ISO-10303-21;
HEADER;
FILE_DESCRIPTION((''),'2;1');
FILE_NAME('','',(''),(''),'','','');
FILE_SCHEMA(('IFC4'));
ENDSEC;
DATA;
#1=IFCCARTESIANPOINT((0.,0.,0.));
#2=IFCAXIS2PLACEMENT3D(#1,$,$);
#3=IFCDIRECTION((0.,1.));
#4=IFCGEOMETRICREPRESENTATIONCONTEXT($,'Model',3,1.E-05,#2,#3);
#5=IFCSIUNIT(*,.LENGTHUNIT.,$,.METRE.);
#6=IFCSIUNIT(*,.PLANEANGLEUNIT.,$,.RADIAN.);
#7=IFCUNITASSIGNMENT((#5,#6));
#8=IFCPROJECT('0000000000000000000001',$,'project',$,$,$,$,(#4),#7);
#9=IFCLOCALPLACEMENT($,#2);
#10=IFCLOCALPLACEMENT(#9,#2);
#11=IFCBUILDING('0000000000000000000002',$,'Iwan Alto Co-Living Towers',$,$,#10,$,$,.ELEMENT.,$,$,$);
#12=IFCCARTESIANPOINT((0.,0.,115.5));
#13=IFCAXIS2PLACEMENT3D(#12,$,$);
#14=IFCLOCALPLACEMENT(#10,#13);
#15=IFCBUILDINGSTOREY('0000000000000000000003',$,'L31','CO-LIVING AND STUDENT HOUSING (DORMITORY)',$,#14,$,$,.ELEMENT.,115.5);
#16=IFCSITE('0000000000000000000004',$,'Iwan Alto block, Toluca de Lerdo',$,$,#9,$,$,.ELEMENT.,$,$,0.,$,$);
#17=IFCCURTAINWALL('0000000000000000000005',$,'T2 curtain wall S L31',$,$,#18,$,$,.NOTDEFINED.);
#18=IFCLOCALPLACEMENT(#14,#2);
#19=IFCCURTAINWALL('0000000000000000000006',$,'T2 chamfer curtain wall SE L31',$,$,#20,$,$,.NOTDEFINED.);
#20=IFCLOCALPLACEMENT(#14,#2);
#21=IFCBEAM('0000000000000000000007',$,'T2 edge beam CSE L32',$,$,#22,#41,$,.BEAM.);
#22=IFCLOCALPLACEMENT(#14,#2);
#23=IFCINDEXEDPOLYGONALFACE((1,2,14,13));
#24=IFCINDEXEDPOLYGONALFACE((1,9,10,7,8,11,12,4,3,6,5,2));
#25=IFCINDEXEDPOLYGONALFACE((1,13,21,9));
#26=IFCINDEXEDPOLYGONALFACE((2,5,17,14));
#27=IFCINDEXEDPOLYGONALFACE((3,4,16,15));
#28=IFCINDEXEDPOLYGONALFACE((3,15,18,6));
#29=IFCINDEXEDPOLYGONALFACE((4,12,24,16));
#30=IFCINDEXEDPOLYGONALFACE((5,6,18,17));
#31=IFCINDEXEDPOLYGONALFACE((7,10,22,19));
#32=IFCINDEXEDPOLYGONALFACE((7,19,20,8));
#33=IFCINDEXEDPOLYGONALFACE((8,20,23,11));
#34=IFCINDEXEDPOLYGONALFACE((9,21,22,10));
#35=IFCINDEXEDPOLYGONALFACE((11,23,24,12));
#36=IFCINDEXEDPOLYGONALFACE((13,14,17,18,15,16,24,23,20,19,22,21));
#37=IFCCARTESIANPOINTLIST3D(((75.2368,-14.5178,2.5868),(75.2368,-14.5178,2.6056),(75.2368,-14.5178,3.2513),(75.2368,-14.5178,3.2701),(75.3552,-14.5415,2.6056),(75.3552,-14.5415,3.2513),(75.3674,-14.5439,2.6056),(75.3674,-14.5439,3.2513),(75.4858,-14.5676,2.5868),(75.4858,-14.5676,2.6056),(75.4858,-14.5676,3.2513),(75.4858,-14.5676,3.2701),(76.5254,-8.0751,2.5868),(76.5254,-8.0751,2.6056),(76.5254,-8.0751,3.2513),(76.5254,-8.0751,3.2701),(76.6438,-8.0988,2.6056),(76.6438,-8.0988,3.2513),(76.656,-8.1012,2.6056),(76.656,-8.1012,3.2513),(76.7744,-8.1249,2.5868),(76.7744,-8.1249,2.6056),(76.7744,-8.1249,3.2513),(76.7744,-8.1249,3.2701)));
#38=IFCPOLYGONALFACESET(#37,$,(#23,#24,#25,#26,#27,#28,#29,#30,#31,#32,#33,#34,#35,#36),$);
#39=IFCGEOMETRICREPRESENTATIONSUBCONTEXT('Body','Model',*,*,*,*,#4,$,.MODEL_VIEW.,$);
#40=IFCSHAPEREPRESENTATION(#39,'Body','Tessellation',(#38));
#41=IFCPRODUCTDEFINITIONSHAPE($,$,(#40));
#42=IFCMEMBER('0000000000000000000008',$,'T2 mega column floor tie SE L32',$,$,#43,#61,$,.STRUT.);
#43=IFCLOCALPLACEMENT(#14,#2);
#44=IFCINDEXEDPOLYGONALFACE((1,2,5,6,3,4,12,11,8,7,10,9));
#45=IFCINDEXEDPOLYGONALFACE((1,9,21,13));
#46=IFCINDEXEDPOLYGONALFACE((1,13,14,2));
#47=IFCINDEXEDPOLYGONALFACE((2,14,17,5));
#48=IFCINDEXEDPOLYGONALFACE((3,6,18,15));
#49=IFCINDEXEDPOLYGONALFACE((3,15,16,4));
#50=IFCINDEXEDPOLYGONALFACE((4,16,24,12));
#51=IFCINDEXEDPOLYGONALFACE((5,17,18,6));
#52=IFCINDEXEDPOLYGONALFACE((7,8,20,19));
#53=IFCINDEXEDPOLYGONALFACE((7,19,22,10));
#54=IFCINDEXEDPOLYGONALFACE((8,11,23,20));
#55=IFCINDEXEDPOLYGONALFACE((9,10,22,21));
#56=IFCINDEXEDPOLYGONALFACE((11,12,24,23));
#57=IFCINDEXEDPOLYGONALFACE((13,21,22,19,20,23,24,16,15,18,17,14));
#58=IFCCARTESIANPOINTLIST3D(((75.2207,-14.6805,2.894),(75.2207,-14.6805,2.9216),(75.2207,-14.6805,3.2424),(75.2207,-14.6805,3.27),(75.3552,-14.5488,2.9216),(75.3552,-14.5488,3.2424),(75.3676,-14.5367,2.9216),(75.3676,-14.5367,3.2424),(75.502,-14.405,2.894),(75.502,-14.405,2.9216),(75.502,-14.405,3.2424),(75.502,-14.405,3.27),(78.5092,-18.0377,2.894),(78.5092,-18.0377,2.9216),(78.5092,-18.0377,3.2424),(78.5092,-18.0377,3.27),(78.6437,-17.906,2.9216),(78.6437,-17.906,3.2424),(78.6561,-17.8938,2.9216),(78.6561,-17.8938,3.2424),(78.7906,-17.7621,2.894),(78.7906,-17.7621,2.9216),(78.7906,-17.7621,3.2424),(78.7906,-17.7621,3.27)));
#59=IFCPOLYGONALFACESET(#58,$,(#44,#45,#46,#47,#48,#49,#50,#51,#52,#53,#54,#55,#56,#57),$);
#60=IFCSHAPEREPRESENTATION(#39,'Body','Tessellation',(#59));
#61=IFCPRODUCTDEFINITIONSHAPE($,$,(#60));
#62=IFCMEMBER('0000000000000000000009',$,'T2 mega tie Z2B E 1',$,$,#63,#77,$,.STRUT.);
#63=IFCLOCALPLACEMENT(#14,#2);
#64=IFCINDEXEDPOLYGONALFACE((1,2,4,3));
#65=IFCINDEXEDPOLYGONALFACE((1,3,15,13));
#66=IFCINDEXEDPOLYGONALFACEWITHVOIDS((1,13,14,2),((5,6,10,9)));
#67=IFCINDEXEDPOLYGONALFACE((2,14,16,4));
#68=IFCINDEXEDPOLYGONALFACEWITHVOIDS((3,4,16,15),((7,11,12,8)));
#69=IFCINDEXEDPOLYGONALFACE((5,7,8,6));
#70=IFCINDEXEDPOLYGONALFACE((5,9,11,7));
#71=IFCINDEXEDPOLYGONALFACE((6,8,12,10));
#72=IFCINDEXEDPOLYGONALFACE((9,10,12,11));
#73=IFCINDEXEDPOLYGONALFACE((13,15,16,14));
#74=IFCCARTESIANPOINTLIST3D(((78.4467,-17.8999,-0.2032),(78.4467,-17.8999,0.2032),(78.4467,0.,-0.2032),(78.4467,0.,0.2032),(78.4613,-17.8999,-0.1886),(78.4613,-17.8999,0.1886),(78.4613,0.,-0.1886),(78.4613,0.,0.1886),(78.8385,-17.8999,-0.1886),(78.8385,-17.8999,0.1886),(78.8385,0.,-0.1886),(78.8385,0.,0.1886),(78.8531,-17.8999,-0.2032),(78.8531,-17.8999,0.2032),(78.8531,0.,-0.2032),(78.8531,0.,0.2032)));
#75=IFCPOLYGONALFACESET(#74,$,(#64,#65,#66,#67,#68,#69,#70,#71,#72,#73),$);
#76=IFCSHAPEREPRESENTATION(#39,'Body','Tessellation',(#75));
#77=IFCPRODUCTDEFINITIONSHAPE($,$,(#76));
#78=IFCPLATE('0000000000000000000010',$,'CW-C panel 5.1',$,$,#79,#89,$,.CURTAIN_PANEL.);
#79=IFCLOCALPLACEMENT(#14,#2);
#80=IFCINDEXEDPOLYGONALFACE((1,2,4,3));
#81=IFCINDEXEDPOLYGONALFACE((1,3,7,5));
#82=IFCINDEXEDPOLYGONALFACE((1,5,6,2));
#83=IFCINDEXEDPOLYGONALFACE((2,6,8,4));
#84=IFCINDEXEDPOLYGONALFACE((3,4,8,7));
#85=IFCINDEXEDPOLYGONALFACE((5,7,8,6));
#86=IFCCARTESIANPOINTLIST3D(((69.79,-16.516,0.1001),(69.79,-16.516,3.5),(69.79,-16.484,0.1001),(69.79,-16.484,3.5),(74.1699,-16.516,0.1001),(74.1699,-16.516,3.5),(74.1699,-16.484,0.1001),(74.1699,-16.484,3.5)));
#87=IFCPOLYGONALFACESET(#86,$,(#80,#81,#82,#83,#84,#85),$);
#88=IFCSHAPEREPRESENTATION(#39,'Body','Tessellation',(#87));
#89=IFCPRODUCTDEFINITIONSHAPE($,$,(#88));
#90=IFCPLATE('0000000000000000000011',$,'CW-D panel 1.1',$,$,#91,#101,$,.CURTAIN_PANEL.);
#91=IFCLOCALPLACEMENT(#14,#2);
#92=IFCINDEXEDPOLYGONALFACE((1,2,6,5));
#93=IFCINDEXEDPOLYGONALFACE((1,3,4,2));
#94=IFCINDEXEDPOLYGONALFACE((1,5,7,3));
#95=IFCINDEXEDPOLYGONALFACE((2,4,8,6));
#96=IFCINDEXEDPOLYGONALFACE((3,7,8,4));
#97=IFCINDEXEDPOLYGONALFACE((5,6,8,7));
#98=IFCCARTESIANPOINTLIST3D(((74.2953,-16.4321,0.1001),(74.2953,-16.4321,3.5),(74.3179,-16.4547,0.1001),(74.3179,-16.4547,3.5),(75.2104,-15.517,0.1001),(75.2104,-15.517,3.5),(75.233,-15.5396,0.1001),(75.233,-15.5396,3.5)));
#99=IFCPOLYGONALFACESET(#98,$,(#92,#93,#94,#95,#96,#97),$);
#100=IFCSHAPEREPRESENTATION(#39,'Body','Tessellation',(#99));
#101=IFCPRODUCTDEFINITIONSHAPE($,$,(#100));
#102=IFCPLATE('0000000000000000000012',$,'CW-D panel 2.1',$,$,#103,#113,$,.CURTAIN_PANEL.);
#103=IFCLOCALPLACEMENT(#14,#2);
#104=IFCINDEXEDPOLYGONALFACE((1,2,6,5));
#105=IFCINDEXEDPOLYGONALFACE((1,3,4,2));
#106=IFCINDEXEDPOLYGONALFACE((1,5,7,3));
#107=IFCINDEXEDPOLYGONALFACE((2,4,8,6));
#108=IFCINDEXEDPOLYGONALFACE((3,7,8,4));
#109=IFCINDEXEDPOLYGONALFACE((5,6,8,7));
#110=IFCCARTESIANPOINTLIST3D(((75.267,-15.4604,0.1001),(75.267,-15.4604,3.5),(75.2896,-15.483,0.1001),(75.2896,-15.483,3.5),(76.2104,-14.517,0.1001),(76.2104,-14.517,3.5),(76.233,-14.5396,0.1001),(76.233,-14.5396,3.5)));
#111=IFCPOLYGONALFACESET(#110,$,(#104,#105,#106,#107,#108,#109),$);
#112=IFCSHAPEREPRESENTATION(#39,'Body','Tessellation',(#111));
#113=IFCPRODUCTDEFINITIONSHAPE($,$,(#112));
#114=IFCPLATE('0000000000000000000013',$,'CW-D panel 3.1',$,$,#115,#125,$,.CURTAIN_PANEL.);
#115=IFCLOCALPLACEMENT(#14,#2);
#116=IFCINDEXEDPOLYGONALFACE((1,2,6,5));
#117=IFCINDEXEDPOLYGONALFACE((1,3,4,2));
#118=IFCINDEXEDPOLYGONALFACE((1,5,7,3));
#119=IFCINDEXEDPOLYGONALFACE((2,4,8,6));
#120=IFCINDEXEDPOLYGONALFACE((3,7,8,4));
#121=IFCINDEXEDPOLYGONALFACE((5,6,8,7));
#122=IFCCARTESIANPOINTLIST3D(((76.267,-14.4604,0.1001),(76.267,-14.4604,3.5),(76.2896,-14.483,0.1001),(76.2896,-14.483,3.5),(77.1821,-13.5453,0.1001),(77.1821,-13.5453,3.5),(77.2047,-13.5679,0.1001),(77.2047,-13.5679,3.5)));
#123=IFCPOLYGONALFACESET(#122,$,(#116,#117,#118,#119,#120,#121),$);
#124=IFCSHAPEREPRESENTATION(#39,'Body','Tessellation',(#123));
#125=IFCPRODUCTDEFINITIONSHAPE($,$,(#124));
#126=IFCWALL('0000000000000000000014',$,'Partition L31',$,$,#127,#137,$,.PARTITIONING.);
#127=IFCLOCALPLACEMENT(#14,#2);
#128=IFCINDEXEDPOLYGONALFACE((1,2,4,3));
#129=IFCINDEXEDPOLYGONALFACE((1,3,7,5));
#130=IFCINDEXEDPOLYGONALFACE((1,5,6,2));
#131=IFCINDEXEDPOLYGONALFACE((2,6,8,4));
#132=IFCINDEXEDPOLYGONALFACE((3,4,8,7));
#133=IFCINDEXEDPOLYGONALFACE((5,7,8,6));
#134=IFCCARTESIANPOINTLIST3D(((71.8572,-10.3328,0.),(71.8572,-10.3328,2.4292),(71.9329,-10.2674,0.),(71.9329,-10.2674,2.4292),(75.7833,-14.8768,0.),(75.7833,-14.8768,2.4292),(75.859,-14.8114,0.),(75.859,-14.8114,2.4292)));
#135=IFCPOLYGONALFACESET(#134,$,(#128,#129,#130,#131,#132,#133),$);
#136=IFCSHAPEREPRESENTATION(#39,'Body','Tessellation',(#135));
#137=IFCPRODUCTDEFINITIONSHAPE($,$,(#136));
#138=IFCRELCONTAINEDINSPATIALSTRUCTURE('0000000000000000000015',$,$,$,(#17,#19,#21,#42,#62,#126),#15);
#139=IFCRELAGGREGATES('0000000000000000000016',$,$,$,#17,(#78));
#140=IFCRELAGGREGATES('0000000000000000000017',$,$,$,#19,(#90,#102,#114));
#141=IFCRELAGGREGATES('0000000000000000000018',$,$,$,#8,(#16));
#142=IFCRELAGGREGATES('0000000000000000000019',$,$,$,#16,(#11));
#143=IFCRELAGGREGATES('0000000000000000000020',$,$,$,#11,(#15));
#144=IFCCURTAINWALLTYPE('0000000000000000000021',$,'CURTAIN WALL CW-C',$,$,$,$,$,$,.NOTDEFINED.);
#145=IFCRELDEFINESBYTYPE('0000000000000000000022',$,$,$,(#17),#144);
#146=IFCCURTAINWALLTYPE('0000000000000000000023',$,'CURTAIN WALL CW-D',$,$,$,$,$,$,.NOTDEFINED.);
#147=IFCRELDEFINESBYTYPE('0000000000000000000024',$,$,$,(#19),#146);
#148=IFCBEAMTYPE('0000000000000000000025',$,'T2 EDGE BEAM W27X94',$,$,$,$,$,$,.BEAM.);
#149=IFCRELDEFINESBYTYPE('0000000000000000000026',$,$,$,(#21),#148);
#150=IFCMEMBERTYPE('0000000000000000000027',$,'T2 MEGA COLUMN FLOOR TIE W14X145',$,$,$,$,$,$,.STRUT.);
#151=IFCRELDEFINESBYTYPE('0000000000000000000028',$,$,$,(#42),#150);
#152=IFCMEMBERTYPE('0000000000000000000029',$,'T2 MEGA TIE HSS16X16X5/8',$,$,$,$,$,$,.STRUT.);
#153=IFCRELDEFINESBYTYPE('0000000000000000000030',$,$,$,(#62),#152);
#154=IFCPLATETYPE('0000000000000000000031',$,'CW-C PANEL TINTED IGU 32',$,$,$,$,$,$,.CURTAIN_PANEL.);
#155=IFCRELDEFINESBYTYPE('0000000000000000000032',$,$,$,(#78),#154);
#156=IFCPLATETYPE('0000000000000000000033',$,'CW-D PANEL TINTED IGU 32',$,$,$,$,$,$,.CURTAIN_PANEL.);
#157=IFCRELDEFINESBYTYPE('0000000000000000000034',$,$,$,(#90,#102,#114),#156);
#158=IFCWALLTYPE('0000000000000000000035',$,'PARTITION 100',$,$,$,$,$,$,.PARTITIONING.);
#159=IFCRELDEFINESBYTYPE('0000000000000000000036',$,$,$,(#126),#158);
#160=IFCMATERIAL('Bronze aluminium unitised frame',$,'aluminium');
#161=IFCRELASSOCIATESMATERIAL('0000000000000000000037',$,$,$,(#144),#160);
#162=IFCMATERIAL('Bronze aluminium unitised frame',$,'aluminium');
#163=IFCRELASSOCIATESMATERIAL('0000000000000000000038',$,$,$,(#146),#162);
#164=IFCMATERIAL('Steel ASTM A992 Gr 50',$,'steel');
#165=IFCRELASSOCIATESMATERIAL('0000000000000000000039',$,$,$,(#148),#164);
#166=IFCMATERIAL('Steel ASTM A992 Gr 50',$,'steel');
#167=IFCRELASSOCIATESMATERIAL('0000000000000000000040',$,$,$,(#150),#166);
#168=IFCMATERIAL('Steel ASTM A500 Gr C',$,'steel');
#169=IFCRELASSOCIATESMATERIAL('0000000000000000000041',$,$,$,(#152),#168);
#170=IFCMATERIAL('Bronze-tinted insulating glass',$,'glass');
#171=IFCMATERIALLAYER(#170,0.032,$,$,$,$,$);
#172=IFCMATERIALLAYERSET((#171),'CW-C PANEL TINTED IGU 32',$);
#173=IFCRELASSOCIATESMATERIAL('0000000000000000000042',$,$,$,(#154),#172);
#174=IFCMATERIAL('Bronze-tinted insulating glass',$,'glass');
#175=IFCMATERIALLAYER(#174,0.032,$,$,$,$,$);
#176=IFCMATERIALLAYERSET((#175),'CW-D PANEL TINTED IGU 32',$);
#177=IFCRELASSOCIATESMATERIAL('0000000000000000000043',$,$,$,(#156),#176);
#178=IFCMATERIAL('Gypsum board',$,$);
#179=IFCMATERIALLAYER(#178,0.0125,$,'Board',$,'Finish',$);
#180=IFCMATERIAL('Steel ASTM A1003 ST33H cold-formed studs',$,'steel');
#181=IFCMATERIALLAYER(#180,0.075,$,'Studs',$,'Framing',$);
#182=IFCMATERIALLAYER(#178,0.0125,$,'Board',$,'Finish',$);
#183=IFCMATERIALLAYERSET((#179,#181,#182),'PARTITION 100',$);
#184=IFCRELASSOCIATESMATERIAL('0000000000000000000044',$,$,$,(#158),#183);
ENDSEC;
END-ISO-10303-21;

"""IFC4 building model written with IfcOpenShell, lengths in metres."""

from ifc_helpers import new_model, si_unit, direction, frame, frame_2d, origin, origin_2d, place, context, subcontext, project, spatial, rectangle, hollow_rectangle, i_section, extrude, material, layer, layer_set, material_profile, profile_set, type_object, element, aggregate, save


model = new_model("IFC4")

# Units and contexts
model_context = context("Model", 3, precision=1e-05, world=origin(), true_north=direction((0.0, 1.0)))
body_context = subcontext(model_context, "Body", "Model", "MODEL_VIEW")
ifc_project = project(units=[si_unit("LENGTHUNIT", "METRE"), si_unit("PLANEANGLEUNIT", "RADIAN")], contexts=[model_context])

# Site, building, storey
site_placement = place(None, origin())
site = spatial("IfcSite", under=ifc_project, at=site_placement, Name="Iwan Alto block, Toluca de Lerdo", CompositionType="ELEMENT", RefElevation=0.0)
building_placement = place(site_placement, origin())
building = spatial("IfcBuilding", under=site, at=building_placement, Name="Iwan Alto Co-Living Towers", CompositionType="ELEMENT")
storey_placement = place(building_placement, frame((0.0, 0.0, 115.5)))
storey = spatial("IfcBuildingStorey", under=building, at=storey_placement, Name="L31", Description="CO-LIVING AND STUDENT HOUSING (DORMITORY)", CompositionType="ELEMENT", Elevation=115.5)

# Curtain wall
ifc_material_1 = material(Name="Bronze aluminium unitised frame", Category="aluminium")
curtain_wall_type_1 = type_object("IfcCurtainWallType", Name="CURTAIN WALL CW-C", PredefinedType="NOTDEFINED", material=ifc_material_1)
curtain_wall_1_placement = place(storey_placement, origin())
curtain_wall_1 = element("IfcCurtainWall", 1, at=curtain_wall_1_placement, inside=storey, type_object=curtain_wall_type_1, Name="T2 curtain wall S L31", PredefinedType="NOTDEFINED")

# Curtain wall
ifc_material_2 = material(Name="Bronze aluminium unitised frame", Category="aluminium")
curtain_wall_type_2 = type_object("IfcCurtainWallType", Name="CURTAIN WALL CW-D", PredefinedType="NOTDEFINED", material=ifc_material_2)
curtain_wall_2_placement = place(storey_placement, origin())
curtain_wall_2 = element("IfcCurtainWall", 2, at=curtain_wall_2_placement, inside=storey, type_object=curtain_wall_type_2, Name="T2 chamfer curtain wall SE L31", PredefinedType="NOTDEFINED")

# Beam
ifc_material_3 = material(Name="Steel ASTM A992 Gr 50", Category="steel")
ifc_material_profile_1 = material_profile(ifc_material_3, i_section(OverallWidth=0.2539, OverallDepth=0.6833, WebThickness=0.0125, FlangeThickness=0.0188, at=origin_2d()), Name="W27X94")
ifc_profile_set_1 = profile_set([ifc_material_profile_1], Name="Steel ASTM A992 Gr 50")
beam_type_1 = type_object("IfcBeamType", Name="T2 EDGE BEAM W27X94", PredefinedType="BEAM", material=ifc_profile_set_1)
beam_1_placement = place(storey_placement, frame((75.3613, -14.5427, 2.9285), z_axis=(0.196123, 0.980579, 0.0), x_axis=(-0.980579, 0.196123, 0.0)))
element("IfcBeam", 3, at=beam_1_placement, inside=storey, type_object=beam_type_1, Name="T2 edge beam CSE L32", PredefinedType="BEAM", context=body_context, shape_type="SweptSolid", body=[
    extrude(i_section(OverallWidth=0.2539, OverallDepth=0.6833, WebThickness=0.0125, FlangeThickness=0.0188, at=origin_2d()), origin(), (0.0, 0.0, 1.0), 6.5703),
])

# Members
ifc_material_4 = material(Name="Steel ASTM A992 Gr 50", Category="steel")
ifc_material_profile_2 = material_profile(ifc_material_4, i_section(OverallWidth=0.3938, OverallDepth=0.376, WebThickness=0.0173, FlangeThickness=0.0276, at=origin_2d()), Name="W14X145")
ifc_profile_set_2 = profile_set([ifc_material_profile_2], Name="Steel ASTM A992 Gr 50")
member_type_1 = type_object("IfcMemberType", Name="T2 MEGA COLUMN FLOOR TIE W14X145", PredefinedType="STRUT", material=ifc_profile_set_2)
member_1_placement = place(storey_placement, frame((78.6499, -17.8999, 3.082), z_axis=(-0.69977, 0.714368, 0.0), x_axis=(-0.714368, -0.69977, 0.0)))
element("IfcMember", 4, at=member_1_placement, inside=storey, type_object=member_type_1, Name="T2 mega column floor tie SE L32", PredefinedType="STRUT", context=body_context, shape_type="SweptSolid", body=[
    extrude(i_section(OverallWidth=0.3938, OverallDepth=0.376, WebThickness=0.0173, FlangeThickness=0.0276, at=origin_2d()), origin(), (0.0, 0.0, 1.0), 4.6995),
])
ifc_material_5 = material(Name="Steel ASTM A500 Gr C", Category="steel")
ifc_material_profile_3 = material_profile(ifc_material_5, hollow_rectangle(XDim=0.4065, YDim=0.4065, WallThickness=0.0146, at=origin_2d()), Name="HSS16X16X5/8")
ifc_profile_set_3 = profile_set([ifc_material_profile_3], Name="Steel ASTM A500 Gr C")
member_type_2 = type_object("IfcMemberType", Name="T2 MEGA TIE HSS16X16X5/8", PredefinedType="STRUT", material=ifc_profile_set_3)
member_2_placement = place(storey_placement, frame((78.6499, -17.8999, 0.0), z_axis=(0.0, 1.0, 0.0), x_axis=(-1.0, 0.0, 0.0)))
element("IfcMember", 5, at=member_2_placement, inside=storey, type_object=member_type_2, Name="T2 mega tie Z2B E 1", PredefinedType="STRUT", context=body_context, shape_type="SweptSolid", body=[
    extrude(hollow_rectangle(XDim=0.4065, YDim=0.4065, WallThickness=0.0146, at=origin_2d()), origin(), (0.0, 0.0, 1.0), 17.8999),
])

# Plates
ifc_material_6 = material(Name="Bronze-tinted insulating glass", Category="glass")
ifc_layer_1 = layer(ifc_material_6, 0.032)
ifc_layer_set_1 = layer_set([ifc_layer_1], Name="CW-C PANEL TINTED IGU 32")
plate_type_1 = type_object("IfcPlateType", Name="CW-C PANEL TINTED IGU 32", PredefinedType="CURTAIN_PANEL", material=ifc_layer_set_1)
plate_1_placement = place(storey_placement, frame((71.98, -16.5, 0.1001), z_axis=(0.0, 0.0, 1.0), x_axis=(1.0, 0.0, 0.0)))
plate_1 = element("IfcPlate", 6, at=plate_1_placement, type_object=plate_type_1, Name="CW-C panel 5.1", PredefinedType="CURTAIN_PANEL", context=body_context, shape_type="SweptSolid", body=[
    extrude(rectangle(XDim=4.3799, YDim=0.032, at=origin_2d()), origin(), (0.0, 0.0, 1.0), 3.3999),
])
aggregate(curtain_wall_1, [plate_1])
ifc_material_7 = material(Name="Bronze-tinted insulating glass", Category="glass")
ifc_layer_2 = layer(ifc_material_7, 0.032)
ifc_layer_set_2 = layer_set([ifc_layer_2], Name="CW-D PANEL TINTED IGU 32")
plate_type_2 = type_object("IfcPlateType", Name="CW-D PANEL TINTED IGU 32", PredefinedType="CURTAIN_PANEL", material=ifc_layer_set_2)
plate_2_placement = place(storey_placement, frame((74.7642, -15.9858, 0.1001), z_axis=(0.0, 0.0, 1.0), x_axis=(0.707107, 0.707107, 0.0)))
plate_2 = element("IfcPlate", 7, at=plate_2_placement, type_object=plate_type_2, Name="CW-D panel 1.1", PredefinedType="CURTAIN_PANEL", context=body_context, shape_type="SweptSolid", body=[
    extrude(rectangle(XDim=1.2942, YDim=0.032, at=origin_2d()), origin(), (0.0, 0.0, 1.0), 3.3999),
])
plate_3_placement = place(storey_placement, frame((75.75, -15.0, 0.1001), z_axis=(0.0, 0.0, 1.0), x_axis=(0.707107, 0.707107, 0.0)))
plate_3 = element("IfcPlate", 8, at=plate_3_placement, type_object=plate_type_2, Name="CW-D panel 2.1", PredefinedType="CURTAIN_PANEL", context=body_context, shape_type="SweptSolid", body=[
    extrude(rectangle(XDim=1.3342, YDim=0.032, at=origin_2d()), origin(), (0.0, 0.0, 1.0), 3.3999),
])
plate_4_placement = place(storey_placement, frame((76.7358, -14.0142, 0.1001), z_axis=(0.0, 0.0, 1.0), x_axis=(0.707107, 0.707107, 0.0)))
plate_4 = element("IfcPlate", 9, at=plate_4_placement, type_object=plate_type_2, Name="CW-D panel 3.1", PredefinedType="CURTAIN_PANEL", context=body_context, shape_type="SweptSolid", body=[
    extrude(rectangle(XDim=1.2942, YDim=0.032, at=origin_2d()), origin(), (0.0, 0.0, 1.0), 3.3999),
])
aggregate(curtain_wall_2, [plate_2, plate_3, plate_4])

# Wall
ifc_material_8 = material(Name="Gypsum board")
ifc_layer_3 = layer(ifc_material_8, 0.0125, Name="Board", Category="Finish")
ifc_material_9 = material(Name="Steel ASTM A1003 ST33H cold-formed studs", Category="steel")
ifc_layer_4 = layer(ifc_material_9, 0.075, Name="Studs", Category="Framing")
ifc_layer_5 = layer(ifc_material_8, 0.0125, Name="Board", Category="Finish")
ifc_layer_set_3 = layer_set([ifc_layer_3, ifc_layer_4, ifc_layer_5], Name="PARTITION 100")
wall_type = type_object("IfcWallType", Name="PARTITION 100", PredefinedType="PARTITIONING", material=ifc_layer_set_3)
wall_placement = place(storey_placement, frame((75.821, -14.844, 0.0), z_axis=(0.0, 0.0, 1.0), x_axis=(-0.653783, 0.756682, 0.0)))
element("IfcWall", 10, at=wall_placement, inside=storey, type_object=wall_type, Name="Partition L31", PredefinedType="PARTITIONING", context=body_context, shape_type="SweptSolid", body=[
    extrude(rectangle(XDim=6.0051, YDim=0.1001, at=frame_2d((3.0024, 0.0))), origin(), (0.0, 0.0, 1.0), 2.4292),
])

save(model, "model.ifc")
